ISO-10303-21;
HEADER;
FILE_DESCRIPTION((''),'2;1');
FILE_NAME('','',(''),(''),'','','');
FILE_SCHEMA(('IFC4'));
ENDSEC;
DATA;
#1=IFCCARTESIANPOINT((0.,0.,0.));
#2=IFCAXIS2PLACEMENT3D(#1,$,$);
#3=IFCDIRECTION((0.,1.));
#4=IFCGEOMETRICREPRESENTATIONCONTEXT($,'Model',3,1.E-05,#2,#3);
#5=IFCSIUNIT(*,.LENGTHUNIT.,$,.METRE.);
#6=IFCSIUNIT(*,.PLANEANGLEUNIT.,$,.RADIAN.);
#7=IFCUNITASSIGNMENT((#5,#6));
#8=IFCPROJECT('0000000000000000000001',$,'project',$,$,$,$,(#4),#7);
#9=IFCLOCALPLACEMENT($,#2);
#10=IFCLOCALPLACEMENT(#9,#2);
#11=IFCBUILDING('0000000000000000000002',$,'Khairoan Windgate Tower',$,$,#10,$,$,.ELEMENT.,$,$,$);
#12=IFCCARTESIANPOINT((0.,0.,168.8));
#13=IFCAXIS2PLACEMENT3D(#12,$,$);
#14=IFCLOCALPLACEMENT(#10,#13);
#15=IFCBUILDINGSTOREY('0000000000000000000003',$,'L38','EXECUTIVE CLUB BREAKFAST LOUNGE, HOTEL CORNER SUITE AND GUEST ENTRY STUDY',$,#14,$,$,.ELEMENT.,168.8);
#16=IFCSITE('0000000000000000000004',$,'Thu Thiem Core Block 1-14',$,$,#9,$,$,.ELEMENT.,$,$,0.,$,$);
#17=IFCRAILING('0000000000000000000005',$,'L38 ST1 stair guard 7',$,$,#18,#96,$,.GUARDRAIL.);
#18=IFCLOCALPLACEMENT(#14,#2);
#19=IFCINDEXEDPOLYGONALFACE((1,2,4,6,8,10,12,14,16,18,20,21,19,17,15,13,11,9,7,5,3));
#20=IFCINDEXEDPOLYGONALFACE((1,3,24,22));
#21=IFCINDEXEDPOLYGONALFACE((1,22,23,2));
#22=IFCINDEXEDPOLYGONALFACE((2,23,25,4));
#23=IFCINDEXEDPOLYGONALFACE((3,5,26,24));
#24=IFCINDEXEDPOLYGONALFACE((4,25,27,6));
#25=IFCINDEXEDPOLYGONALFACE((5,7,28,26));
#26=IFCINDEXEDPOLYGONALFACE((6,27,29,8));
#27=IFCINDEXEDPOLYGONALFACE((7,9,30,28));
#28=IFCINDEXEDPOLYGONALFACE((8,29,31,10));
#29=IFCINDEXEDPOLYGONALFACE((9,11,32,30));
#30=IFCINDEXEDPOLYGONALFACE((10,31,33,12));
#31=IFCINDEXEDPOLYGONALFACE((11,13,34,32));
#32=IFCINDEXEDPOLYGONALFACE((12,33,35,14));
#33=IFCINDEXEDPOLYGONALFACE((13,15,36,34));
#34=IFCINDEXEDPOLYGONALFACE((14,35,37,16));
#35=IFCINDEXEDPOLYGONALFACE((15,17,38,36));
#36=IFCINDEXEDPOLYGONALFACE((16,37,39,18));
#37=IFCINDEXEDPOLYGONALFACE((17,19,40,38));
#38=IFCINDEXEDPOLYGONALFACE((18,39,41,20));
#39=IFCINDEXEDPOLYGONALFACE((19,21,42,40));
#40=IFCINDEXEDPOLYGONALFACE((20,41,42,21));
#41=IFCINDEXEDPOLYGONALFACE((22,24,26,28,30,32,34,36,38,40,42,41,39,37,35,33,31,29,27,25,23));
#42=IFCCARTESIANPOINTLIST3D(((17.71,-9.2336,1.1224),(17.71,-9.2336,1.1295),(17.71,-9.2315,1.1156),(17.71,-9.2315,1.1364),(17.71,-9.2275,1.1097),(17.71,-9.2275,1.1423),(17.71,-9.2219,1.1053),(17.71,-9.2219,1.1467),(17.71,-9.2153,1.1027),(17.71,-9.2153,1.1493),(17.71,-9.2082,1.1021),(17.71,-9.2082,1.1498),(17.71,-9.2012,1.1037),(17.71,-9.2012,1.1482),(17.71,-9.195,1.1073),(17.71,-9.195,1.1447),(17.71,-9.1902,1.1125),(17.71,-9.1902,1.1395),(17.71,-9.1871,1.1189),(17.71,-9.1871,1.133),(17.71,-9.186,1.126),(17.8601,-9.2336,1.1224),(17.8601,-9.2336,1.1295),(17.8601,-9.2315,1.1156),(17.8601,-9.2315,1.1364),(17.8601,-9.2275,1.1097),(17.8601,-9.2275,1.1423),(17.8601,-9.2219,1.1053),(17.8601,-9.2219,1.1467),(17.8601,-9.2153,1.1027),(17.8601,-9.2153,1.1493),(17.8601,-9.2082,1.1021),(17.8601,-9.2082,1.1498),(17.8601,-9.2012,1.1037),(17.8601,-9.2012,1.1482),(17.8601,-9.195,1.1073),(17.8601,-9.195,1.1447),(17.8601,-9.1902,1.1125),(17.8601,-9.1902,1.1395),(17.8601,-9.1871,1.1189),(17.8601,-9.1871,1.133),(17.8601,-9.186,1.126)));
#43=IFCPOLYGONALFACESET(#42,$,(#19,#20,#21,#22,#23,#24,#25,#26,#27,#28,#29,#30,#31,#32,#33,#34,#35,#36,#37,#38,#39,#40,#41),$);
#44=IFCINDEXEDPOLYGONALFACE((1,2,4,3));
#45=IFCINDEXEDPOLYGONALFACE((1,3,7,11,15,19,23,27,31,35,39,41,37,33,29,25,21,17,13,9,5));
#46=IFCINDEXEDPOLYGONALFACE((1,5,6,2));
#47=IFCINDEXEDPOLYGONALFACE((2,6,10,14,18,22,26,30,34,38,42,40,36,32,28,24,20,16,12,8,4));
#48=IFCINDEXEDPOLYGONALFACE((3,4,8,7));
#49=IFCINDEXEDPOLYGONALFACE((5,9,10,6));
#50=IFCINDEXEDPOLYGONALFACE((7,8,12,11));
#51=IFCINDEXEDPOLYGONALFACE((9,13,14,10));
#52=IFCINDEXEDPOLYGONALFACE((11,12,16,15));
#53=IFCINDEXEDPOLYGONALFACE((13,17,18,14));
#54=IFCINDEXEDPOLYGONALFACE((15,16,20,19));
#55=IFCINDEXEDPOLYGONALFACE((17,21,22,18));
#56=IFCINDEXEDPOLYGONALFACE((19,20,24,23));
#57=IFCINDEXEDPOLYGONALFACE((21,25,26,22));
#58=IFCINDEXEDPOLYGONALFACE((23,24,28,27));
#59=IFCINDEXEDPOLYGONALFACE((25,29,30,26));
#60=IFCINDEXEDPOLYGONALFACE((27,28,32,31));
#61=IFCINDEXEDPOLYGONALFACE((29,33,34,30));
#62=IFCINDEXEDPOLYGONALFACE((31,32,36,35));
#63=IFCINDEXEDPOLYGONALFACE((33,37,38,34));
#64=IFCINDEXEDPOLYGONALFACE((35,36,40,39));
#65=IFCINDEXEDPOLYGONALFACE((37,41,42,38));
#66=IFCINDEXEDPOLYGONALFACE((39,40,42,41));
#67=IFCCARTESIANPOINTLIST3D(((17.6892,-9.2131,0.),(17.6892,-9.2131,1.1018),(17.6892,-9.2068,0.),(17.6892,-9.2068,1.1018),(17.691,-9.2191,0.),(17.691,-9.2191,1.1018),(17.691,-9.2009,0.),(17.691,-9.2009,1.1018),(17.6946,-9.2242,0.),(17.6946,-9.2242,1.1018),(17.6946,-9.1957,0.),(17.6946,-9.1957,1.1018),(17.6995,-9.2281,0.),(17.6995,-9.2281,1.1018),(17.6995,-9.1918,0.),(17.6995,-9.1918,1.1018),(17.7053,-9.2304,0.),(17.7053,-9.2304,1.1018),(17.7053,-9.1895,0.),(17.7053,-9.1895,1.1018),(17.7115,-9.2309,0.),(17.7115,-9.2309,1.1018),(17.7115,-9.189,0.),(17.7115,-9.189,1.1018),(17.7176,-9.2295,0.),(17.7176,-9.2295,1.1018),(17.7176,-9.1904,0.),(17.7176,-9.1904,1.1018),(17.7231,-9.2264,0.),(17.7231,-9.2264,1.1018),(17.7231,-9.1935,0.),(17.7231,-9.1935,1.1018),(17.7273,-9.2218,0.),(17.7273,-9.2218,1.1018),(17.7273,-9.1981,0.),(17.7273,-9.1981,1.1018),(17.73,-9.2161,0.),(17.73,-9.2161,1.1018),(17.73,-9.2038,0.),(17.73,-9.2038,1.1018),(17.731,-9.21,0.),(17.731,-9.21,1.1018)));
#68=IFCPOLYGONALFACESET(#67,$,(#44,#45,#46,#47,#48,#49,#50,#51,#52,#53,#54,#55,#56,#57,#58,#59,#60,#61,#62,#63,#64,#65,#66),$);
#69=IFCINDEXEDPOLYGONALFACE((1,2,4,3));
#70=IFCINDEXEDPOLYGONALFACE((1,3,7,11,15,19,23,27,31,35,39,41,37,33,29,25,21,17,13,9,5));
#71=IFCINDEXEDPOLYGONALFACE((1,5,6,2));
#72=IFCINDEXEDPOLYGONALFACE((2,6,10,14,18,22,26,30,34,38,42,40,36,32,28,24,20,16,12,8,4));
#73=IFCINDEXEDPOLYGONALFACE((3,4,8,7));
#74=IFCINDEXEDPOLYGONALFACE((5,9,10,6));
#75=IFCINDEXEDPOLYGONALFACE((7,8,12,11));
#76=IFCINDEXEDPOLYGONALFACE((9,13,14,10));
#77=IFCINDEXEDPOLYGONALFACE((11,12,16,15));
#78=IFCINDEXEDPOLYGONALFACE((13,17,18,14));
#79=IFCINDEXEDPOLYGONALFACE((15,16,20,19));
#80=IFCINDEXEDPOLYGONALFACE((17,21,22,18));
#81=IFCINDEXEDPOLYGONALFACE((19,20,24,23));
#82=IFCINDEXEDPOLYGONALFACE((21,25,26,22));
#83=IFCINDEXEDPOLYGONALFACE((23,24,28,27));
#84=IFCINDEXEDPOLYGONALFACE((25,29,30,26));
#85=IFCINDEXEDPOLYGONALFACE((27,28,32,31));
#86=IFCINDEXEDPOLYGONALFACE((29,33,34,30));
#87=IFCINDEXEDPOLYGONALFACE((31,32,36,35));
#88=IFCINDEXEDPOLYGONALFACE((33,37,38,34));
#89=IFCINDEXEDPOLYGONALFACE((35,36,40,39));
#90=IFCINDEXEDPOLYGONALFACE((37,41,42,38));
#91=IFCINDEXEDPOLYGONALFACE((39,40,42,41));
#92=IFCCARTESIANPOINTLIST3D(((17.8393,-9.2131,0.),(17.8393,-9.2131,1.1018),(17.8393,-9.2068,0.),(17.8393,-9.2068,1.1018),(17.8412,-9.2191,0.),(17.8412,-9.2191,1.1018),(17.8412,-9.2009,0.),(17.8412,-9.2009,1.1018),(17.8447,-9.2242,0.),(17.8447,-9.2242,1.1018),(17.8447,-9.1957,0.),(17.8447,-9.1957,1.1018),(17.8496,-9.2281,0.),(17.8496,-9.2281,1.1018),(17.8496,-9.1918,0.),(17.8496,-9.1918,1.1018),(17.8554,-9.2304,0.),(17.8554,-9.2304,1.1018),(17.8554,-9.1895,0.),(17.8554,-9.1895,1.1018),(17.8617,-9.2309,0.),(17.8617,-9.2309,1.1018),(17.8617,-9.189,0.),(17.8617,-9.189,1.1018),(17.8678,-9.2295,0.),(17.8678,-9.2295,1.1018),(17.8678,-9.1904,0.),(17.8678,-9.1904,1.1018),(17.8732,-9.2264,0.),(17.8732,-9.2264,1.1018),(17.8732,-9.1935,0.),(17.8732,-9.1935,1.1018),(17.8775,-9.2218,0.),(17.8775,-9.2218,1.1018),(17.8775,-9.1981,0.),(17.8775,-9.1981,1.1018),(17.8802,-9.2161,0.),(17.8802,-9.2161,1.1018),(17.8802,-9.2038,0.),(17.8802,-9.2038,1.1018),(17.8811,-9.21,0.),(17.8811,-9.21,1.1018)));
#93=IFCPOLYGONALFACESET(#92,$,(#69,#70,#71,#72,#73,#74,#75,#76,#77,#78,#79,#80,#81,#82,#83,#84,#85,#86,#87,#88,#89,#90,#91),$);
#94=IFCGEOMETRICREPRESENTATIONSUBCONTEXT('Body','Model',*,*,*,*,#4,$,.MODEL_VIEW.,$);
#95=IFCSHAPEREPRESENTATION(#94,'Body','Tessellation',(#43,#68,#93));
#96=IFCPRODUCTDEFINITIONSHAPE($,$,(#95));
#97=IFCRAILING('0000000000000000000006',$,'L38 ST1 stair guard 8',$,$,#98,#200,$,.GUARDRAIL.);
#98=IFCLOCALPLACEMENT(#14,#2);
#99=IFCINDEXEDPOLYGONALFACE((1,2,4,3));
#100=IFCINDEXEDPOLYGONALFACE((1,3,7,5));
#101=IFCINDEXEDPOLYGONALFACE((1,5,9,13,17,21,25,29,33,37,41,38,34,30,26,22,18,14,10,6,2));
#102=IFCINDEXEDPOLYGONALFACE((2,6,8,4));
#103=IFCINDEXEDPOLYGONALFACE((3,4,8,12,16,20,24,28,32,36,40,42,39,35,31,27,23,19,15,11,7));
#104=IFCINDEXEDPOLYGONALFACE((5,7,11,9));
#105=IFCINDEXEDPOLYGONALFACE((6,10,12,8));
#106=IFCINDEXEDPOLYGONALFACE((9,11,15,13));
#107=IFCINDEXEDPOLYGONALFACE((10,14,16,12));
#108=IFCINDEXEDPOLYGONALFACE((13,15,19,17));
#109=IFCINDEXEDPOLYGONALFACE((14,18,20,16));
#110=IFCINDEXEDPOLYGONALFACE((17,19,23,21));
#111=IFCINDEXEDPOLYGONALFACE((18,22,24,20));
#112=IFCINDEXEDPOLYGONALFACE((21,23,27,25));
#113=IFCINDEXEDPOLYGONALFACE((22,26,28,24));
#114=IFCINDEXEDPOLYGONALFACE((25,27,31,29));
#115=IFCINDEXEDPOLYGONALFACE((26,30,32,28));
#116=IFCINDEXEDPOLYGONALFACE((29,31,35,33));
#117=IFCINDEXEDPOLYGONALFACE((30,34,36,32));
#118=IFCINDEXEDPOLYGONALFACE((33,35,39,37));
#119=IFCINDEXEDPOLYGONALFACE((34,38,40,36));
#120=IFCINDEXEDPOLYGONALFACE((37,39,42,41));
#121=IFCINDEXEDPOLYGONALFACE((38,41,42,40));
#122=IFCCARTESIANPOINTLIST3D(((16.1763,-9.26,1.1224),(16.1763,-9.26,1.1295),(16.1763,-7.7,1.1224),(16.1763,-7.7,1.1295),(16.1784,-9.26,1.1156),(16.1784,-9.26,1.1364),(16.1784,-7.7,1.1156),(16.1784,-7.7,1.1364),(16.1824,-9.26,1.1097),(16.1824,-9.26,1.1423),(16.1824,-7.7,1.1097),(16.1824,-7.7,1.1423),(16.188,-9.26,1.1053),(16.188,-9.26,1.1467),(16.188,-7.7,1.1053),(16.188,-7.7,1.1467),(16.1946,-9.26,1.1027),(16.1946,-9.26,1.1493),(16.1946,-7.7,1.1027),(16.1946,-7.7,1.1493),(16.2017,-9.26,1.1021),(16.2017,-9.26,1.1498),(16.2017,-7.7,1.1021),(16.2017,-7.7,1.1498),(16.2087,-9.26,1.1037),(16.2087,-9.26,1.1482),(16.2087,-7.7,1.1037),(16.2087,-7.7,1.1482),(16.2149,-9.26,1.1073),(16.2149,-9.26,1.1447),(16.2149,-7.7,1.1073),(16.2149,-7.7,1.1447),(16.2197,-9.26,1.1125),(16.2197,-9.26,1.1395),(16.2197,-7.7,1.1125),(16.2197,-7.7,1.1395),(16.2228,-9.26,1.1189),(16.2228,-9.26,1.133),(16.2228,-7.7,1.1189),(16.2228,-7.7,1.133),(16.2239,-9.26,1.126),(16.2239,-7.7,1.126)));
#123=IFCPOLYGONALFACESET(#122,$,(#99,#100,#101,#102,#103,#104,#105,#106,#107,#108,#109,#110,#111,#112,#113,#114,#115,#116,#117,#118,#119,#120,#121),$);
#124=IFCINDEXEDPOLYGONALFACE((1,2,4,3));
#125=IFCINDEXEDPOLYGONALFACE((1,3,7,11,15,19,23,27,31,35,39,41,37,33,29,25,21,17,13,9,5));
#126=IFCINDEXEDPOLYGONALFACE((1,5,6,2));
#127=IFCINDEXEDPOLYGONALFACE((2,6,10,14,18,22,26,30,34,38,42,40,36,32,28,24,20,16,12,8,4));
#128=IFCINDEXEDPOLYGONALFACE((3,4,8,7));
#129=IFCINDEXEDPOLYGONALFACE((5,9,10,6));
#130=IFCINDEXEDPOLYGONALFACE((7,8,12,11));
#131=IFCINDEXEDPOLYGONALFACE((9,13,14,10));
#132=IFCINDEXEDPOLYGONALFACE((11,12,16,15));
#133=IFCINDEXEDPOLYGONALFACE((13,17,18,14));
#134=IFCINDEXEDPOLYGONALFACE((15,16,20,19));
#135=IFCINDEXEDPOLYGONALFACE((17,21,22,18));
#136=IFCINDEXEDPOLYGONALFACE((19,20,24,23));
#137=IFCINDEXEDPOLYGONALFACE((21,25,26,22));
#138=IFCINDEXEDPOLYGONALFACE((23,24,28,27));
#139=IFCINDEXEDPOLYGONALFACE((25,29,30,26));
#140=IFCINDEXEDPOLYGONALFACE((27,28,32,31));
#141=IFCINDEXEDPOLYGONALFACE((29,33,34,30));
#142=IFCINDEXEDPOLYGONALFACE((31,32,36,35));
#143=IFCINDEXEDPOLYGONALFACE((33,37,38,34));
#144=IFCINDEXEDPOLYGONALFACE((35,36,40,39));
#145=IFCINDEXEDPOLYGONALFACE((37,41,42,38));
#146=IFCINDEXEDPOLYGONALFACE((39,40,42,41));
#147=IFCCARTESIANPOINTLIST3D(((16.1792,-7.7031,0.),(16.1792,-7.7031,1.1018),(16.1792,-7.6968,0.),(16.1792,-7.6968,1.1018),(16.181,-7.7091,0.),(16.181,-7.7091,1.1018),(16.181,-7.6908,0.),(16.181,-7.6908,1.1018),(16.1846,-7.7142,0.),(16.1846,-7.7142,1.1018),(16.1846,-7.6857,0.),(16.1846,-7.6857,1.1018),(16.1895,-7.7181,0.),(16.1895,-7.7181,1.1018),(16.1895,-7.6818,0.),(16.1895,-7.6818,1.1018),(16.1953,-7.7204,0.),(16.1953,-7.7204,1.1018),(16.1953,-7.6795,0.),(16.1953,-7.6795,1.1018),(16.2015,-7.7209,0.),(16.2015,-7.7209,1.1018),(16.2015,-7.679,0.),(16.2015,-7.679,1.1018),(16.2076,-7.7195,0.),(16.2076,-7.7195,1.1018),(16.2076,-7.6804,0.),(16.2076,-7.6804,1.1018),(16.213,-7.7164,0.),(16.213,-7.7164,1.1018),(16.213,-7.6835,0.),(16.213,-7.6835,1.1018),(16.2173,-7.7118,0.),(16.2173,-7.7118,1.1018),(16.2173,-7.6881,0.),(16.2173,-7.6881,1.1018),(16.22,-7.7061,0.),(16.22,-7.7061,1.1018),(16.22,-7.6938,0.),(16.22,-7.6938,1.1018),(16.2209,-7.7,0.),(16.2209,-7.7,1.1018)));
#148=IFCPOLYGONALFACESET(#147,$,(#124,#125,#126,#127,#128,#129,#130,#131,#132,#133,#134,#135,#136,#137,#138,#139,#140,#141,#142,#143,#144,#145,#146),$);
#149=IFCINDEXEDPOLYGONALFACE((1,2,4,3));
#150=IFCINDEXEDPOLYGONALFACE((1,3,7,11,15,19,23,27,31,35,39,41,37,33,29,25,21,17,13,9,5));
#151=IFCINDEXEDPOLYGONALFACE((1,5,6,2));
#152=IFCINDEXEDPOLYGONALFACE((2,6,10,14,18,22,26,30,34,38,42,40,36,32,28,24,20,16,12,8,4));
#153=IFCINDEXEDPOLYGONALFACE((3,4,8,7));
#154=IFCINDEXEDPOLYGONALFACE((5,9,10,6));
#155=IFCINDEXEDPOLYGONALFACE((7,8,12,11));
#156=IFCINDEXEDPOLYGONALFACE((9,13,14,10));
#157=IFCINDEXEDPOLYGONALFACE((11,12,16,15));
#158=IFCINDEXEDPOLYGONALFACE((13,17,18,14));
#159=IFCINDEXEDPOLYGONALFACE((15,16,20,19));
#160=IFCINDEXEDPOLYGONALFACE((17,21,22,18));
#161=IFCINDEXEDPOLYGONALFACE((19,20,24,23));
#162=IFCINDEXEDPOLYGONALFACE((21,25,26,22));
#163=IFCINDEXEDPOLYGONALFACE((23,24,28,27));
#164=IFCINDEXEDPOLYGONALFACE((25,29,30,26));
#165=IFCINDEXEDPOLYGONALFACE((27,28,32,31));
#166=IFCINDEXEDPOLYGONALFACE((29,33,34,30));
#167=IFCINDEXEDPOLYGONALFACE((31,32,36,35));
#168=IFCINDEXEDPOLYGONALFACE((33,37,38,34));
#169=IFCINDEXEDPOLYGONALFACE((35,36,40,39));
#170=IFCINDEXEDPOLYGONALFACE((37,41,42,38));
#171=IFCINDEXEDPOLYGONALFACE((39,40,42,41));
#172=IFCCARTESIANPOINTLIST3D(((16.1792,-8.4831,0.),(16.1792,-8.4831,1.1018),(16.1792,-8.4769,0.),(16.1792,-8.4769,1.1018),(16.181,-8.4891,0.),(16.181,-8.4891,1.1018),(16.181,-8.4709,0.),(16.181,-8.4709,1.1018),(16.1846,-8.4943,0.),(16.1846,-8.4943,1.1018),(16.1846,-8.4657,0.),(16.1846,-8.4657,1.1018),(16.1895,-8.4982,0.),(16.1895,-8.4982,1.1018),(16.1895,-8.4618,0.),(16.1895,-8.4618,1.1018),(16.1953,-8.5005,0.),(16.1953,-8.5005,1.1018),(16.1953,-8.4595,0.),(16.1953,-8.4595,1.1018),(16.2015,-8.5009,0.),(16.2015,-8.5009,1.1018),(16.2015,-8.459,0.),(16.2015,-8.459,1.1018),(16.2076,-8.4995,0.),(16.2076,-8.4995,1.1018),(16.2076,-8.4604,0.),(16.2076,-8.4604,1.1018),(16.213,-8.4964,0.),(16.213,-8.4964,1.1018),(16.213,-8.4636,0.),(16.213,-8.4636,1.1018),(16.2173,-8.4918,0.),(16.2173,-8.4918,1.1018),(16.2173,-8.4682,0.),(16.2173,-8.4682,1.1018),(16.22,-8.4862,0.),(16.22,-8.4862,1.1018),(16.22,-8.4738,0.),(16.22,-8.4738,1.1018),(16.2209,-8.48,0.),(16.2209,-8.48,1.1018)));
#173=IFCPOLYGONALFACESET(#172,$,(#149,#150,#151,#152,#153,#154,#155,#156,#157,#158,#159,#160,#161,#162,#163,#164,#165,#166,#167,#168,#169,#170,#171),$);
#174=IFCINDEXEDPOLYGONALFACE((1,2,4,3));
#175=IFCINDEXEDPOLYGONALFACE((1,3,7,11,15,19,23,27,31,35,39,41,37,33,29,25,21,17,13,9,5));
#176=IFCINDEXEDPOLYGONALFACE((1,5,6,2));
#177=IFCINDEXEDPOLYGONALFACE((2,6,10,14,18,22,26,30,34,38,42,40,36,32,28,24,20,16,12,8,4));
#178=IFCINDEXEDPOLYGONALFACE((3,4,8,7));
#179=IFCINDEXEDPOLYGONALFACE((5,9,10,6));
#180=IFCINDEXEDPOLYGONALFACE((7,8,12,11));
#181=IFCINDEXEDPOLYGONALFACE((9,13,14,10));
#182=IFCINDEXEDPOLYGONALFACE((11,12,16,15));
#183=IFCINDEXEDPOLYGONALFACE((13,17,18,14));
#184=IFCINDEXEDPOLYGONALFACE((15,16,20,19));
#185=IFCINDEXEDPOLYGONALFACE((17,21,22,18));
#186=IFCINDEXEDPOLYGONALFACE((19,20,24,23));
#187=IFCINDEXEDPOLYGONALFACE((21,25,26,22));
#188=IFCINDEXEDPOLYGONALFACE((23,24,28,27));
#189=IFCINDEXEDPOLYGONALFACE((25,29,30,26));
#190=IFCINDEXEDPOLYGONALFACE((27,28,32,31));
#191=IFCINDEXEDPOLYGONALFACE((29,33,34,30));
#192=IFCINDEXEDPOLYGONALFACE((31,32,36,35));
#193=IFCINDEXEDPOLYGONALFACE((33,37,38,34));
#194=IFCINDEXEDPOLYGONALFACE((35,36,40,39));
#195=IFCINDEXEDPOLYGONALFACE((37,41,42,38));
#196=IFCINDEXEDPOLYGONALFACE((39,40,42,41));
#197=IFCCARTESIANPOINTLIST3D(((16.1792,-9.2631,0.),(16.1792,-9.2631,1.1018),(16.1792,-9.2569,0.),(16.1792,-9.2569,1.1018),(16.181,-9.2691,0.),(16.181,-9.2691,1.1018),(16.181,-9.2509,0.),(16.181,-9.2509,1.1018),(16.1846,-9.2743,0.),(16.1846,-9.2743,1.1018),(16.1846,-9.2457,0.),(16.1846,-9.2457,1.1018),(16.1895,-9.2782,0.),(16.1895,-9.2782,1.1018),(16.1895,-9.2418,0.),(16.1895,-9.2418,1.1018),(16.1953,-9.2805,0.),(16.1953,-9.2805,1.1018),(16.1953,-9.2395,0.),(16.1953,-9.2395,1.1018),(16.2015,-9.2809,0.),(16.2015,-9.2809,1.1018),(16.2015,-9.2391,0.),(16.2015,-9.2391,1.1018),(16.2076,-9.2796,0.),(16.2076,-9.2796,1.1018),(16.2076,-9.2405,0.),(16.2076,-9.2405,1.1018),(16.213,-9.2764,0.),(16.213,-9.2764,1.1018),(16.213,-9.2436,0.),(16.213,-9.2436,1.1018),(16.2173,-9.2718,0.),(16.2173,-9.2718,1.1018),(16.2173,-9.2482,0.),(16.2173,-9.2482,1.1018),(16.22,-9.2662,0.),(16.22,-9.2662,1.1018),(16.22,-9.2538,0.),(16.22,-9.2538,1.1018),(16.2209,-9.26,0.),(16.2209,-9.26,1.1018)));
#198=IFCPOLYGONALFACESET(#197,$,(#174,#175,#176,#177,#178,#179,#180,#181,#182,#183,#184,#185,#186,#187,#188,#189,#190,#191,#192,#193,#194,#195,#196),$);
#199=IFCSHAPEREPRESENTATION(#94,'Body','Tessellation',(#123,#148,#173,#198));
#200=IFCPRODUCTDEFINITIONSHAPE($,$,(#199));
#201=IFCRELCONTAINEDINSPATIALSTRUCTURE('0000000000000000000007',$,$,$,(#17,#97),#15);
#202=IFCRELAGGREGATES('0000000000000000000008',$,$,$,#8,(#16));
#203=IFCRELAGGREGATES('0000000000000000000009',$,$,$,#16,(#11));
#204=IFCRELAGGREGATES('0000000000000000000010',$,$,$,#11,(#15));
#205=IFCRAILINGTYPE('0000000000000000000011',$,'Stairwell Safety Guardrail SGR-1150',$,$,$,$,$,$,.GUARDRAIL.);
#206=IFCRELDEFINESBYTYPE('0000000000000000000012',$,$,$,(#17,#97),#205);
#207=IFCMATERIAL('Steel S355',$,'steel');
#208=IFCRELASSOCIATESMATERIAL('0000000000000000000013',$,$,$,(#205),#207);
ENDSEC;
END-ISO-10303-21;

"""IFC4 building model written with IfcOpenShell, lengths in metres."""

from ifc_helpers import new_model, si_unit, direction, frame, origin, origin_2d, place, context, subcontext, project, spatial, circle, extrude, material, type_object, element, save


model = new_model("IFC4")

# Units and contexts
model_context = context("Model", 3, precision=1e-05, world=origin(), true_north=direction((0.0, 1.0)))
body_context = subcontext(model_context, "Body", "Model", "MODEL_VIEW")
ifc_project = project(units=[si_unit("LENGTHUNIT", "METRE"), si_unit("PLANEANGLEUNIT", "RADIAN")], contexts=[model_context])

# Site, building, storey
site_placement = place(None, origin())
site = spatial("IfcSite", under=ifc_project, at=site_placement, Name="Thu Thiem Core Block 1-14", CompositionType="ELEMENT", RefElevation=0.0)
building_placement = place(site_placement, origin())
building = spatial("IfcBuilding", under=site, at=building_placement, Name="Khairoan Windgate Tower", CompositionType="ELEMENT")
storey_placement = place(building_placement, frame((0.0, 0.0, 168.8)))
storey = spatial("IfcBuildingStorey", under=building, at=storey_placement, Name="L38", Description="EXECUTIVE CLUB BREAKFAST LOUNGE, HOTEL CORNER SUITE AND GUEST ENTRY STUDY", CompositionType="ELEMENT", Elevation=168.8)

# Railings
ifc_material_1 = material(Name="Steel S355", Category="steel")
railing_type_1 = type_object("IfcRailingType", Name="Stairwell Safety Guardrail SGR-1150", PredefinedType="GUARDRAIL", material=ifc_material_1)
railing_1_placement = place(storey_placement, frame((17.71, -9.21, 0.0)))
element("IfcRailing", 1, at=railing_1_placement, inside=storey, type_object=railing_type_1, Name="L38 ST1 stair guard 7", PredefinedType="GUARDRAIL", context=body_context, shape_type="SweptSolid", body=[
    extrude(circle(Radius=0.0239, at=origin_2d()), frame((0.0, 0.0, 1.126), z_axis=(1.0, 0.0, 0.0), x_axis=(0.0, 1.0, 0.0)), (0.0, 0.0, 1.0), 0.1501),
    extrude(circle(Radius=0.021, at=origin_2d()), origin(), (0.0, 0.0, 1.0), 1.1018),
    extrude(circle(Radius=0.021, at=origin_2d()), frame((0.1501, 0.0, 0.0)), (0.0, 0.0, 1.0), 1.1018),
])
for number, where, name in (
    (2, (16.2, -7.7, 0.0), "L38 ST1 stair guard 8"),
):
    element("IfcRailing", number, at=place(storey_placement, frame(where)), inside=storey, type_object=railing_type_1, Name=name, PredefinedType="GUARDRAIL", context=body_context, shape_type="SweptSolid", body=[
        extrude(circle(Radius=0.0239, at=origin_2d()), frame((0.0, 0.0, 1.126), z_axis=(0.0, -1.0, 0.0), x_axis=(1.0, 0.0, 0.0)), (0.0, 0.0, 1.0), 1.5601),
        extrude(circle(Radius=0.021, at=origin_2d()), origin(), (0.0, 0.0, 1.0), 1.1018),
        extrude(circle(Radius=0.021, at=origin_2d()), frame((0.0, -0.78, 0.0)), (0.0, 0.0, 1.0), 1.1018),
        extrude(circle(Radius=0.021, at=origin_2d()), frame((0.0, -1.5601, 0.0)), (0.0, 0.0, 1.0), 1.1018),
    ])

save(model, "model.ifc")
